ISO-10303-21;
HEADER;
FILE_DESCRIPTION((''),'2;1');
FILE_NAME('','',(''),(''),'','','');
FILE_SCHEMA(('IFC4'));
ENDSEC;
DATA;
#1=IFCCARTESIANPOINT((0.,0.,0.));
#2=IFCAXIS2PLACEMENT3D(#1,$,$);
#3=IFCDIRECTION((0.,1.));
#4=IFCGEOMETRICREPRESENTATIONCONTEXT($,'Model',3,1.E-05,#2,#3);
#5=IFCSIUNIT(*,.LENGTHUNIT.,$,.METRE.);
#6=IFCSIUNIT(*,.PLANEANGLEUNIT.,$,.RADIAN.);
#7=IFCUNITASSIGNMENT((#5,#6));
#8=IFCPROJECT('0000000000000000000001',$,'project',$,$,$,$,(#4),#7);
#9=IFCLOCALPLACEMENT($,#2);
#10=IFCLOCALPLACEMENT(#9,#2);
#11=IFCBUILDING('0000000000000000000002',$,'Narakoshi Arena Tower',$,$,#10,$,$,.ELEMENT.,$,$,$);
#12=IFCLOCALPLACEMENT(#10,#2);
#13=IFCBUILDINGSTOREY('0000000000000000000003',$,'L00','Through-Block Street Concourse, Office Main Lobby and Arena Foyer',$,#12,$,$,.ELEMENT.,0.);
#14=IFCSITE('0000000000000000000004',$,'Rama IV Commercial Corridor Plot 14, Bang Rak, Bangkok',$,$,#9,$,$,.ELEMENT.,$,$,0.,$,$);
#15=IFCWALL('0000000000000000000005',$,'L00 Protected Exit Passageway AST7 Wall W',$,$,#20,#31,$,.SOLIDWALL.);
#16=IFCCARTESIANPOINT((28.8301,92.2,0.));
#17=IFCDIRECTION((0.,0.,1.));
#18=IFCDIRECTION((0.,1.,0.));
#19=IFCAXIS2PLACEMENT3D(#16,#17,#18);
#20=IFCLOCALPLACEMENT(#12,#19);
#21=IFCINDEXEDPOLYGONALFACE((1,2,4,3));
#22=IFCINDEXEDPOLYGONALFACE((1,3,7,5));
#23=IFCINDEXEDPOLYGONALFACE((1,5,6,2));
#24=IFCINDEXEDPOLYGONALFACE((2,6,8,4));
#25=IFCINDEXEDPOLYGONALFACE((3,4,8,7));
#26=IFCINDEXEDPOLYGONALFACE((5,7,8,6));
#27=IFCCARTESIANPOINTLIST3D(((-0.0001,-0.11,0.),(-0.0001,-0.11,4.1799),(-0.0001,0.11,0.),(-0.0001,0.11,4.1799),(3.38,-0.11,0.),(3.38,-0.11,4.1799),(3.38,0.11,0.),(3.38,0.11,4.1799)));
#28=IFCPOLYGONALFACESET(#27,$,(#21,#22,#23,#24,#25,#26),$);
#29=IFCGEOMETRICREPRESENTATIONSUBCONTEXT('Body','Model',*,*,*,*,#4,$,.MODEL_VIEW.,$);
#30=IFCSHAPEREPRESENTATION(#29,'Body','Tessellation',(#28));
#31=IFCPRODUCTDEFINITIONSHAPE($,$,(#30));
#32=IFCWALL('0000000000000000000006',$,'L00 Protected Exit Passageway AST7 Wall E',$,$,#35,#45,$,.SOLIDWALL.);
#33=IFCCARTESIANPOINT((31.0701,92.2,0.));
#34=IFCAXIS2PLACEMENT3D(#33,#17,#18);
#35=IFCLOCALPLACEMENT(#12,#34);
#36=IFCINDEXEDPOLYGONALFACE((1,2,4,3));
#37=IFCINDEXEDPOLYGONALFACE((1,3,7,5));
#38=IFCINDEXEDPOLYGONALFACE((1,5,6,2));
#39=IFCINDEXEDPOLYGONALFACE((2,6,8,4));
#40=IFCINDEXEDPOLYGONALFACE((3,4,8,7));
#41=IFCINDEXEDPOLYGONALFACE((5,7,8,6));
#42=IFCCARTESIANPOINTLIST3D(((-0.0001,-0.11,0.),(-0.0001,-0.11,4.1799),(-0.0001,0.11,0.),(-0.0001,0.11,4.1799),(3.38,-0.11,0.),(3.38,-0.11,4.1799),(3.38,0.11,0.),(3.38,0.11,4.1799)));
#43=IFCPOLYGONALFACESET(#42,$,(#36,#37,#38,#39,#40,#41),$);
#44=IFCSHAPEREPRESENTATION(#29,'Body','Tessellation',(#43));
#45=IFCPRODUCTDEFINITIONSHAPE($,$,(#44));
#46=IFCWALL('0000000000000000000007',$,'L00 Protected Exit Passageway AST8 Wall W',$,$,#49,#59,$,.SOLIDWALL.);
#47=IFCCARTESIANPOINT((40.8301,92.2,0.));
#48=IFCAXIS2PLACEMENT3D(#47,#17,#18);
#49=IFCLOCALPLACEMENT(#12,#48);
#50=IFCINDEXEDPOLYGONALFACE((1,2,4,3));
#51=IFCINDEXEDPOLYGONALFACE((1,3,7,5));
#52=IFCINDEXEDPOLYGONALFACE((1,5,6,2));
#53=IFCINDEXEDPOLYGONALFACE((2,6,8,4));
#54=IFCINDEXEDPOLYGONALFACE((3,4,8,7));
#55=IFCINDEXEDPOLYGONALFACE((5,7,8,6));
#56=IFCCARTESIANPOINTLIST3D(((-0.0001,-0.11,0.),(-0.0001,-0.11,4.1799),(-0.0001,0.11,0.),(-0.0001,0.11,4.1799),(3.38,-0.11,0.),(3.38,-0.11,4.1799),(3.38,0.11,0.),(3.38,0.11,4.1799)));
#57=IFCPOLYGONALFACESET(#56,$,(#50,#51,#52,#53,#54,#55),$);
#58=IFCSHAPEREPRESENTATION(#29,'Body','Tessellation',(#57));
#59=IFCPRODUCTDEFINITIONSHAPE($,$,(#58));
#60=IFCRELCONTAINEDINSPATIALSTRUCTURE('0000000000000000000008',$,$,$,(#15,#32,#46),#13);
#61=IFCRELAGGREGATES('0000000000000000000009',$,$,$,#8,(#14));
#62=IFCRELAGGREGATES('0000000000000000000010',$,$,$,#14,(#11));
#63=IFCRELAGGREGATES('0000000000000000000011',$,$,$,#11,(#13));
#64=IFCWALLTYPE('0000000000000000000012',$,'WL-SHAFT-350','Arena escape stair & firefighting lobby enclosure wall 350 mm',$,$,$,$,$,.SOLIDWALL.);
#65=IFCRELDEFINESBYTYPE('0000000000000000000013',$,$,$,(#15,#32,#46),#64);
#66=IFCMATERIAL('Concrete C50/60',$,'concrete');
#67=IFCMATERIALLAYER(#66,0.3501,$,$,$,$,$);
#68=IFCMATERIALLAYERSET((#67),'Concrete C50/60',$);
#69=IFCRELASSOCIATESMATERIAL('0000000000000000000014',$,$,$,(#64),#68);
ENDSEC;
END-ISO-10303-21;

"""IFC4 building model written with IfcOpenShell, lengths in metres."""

from ifc_helpers import new_model, si_unit, direction, frame, frame_2d, origin, place, context, subcontext, project, spatial, rectangle, extrude, material, layer, layer_set, type_object, element, save


model = new_model("IFC4")

# Units and contexts
model_context = context("Model", 3, precision=1e-05, world=origin(), true_north=direction((0.0, 1.0)))
body_context = subcontext(model_context, "Body", "Model", "MODEL_VIEW")
ifc_project = project(units=[si_unit("LENGTHUNIT", "METRE"), si_unit("PLANEANGLEUNIT", "RADIAN")], contexts=[model_context])

# Site, building, storey
site_placement = place(None, origin())
site = spatial("IfcSite", under=ifc_project, at=site_placement, Name="Rama IV Commercial Corridor Plot 14, Bang Rak, Bangkok", CompositionType="ELEMENT", RefElevation=0.0)
building_placement = place(site_placement, origin())
building = spatial("IfcBuilding", under=site, at=building_placement, Name="Narakoshi Arena Tower", CompositionType="ELEMENT")
storey_placement = place(building_placement, origin())
storey = spatial("IfcBuildingStorey", under=building, at=storey_placement, Name="L00", Description="Through-Block Street Concourse, Office Main Lobby and Arena Foyer", CompositionType="ELEMENT", Elevation=0.0)

# Shared definitions
ifc_material_1 = material(Name="Concrete C50/60", Category="concrete")
ifc_layer = layer(ifc_material_1, 0.3501)
ifc_layer_set = layer_set([ifc_layer], Name="Concrete C50/60")
wall_type = type_object("IfcWallType", Name="WL-SHAFT-350", Description="Arena escape stair & firefighting lobby enclosure wall 350 mm", PredefinedType="SOLIDWALL", material=ifc_layer_set)

# Walls
for number, where, z_axis, x_axis, name in (
    (1, (28.8301, 92.2, 0.0), (0.0, 0.0, 1.0), (0.0, 1.0, 0.0), "L00 Protected Exit Passageway AST7 Wall W"),
    (2, (31.0701, 92.2, 0.0), (0.0, 0.0, 1.0), (0.0, 1.0, 0.0), "L00 Protected Exit Passageway AST7 Wall E"),
):
    element("IfcWall", number, at=place(storey_placement, frame(where, z_axis=z_axis, x_axis=x_axis)), inside=storey, type_object=wall_type, Name=name, PredefinedType="SOLIDWALL", context=body_context, shape_type="SweptSolid", body=[
        extrude(rectangle(XDim=3.3801, YDim=0.22, at=frame_2d((1.6899, 0.0))), origin(), (0.0, 0.0, 1.0), 4.1799),
    ])

# Wall
wall_1_placement = place(storey_placement, frame((40.8301, 92.2, 0.0), z_axis=(0.0, 0.0, 1.0), x_axis=(0.0, 1.0, 0.0)))
element("IfcWall", 3, at=wall_1_placement, inside=storey, type_object=wall_type, Name="L00 Protected Exit Passageway AST8 Wall W", PredefinedType="SOLIDWALL", context=body_context, shape_type="SweptSolid", body=[
    extrude(rectangle(XDim=3.3801, YDim=0.22, at=frame_2d((1.6899, 0.0))), origin(), (0.0, 0.0, 1.0), 4.1799),
])

save(model, "model.ifc")
